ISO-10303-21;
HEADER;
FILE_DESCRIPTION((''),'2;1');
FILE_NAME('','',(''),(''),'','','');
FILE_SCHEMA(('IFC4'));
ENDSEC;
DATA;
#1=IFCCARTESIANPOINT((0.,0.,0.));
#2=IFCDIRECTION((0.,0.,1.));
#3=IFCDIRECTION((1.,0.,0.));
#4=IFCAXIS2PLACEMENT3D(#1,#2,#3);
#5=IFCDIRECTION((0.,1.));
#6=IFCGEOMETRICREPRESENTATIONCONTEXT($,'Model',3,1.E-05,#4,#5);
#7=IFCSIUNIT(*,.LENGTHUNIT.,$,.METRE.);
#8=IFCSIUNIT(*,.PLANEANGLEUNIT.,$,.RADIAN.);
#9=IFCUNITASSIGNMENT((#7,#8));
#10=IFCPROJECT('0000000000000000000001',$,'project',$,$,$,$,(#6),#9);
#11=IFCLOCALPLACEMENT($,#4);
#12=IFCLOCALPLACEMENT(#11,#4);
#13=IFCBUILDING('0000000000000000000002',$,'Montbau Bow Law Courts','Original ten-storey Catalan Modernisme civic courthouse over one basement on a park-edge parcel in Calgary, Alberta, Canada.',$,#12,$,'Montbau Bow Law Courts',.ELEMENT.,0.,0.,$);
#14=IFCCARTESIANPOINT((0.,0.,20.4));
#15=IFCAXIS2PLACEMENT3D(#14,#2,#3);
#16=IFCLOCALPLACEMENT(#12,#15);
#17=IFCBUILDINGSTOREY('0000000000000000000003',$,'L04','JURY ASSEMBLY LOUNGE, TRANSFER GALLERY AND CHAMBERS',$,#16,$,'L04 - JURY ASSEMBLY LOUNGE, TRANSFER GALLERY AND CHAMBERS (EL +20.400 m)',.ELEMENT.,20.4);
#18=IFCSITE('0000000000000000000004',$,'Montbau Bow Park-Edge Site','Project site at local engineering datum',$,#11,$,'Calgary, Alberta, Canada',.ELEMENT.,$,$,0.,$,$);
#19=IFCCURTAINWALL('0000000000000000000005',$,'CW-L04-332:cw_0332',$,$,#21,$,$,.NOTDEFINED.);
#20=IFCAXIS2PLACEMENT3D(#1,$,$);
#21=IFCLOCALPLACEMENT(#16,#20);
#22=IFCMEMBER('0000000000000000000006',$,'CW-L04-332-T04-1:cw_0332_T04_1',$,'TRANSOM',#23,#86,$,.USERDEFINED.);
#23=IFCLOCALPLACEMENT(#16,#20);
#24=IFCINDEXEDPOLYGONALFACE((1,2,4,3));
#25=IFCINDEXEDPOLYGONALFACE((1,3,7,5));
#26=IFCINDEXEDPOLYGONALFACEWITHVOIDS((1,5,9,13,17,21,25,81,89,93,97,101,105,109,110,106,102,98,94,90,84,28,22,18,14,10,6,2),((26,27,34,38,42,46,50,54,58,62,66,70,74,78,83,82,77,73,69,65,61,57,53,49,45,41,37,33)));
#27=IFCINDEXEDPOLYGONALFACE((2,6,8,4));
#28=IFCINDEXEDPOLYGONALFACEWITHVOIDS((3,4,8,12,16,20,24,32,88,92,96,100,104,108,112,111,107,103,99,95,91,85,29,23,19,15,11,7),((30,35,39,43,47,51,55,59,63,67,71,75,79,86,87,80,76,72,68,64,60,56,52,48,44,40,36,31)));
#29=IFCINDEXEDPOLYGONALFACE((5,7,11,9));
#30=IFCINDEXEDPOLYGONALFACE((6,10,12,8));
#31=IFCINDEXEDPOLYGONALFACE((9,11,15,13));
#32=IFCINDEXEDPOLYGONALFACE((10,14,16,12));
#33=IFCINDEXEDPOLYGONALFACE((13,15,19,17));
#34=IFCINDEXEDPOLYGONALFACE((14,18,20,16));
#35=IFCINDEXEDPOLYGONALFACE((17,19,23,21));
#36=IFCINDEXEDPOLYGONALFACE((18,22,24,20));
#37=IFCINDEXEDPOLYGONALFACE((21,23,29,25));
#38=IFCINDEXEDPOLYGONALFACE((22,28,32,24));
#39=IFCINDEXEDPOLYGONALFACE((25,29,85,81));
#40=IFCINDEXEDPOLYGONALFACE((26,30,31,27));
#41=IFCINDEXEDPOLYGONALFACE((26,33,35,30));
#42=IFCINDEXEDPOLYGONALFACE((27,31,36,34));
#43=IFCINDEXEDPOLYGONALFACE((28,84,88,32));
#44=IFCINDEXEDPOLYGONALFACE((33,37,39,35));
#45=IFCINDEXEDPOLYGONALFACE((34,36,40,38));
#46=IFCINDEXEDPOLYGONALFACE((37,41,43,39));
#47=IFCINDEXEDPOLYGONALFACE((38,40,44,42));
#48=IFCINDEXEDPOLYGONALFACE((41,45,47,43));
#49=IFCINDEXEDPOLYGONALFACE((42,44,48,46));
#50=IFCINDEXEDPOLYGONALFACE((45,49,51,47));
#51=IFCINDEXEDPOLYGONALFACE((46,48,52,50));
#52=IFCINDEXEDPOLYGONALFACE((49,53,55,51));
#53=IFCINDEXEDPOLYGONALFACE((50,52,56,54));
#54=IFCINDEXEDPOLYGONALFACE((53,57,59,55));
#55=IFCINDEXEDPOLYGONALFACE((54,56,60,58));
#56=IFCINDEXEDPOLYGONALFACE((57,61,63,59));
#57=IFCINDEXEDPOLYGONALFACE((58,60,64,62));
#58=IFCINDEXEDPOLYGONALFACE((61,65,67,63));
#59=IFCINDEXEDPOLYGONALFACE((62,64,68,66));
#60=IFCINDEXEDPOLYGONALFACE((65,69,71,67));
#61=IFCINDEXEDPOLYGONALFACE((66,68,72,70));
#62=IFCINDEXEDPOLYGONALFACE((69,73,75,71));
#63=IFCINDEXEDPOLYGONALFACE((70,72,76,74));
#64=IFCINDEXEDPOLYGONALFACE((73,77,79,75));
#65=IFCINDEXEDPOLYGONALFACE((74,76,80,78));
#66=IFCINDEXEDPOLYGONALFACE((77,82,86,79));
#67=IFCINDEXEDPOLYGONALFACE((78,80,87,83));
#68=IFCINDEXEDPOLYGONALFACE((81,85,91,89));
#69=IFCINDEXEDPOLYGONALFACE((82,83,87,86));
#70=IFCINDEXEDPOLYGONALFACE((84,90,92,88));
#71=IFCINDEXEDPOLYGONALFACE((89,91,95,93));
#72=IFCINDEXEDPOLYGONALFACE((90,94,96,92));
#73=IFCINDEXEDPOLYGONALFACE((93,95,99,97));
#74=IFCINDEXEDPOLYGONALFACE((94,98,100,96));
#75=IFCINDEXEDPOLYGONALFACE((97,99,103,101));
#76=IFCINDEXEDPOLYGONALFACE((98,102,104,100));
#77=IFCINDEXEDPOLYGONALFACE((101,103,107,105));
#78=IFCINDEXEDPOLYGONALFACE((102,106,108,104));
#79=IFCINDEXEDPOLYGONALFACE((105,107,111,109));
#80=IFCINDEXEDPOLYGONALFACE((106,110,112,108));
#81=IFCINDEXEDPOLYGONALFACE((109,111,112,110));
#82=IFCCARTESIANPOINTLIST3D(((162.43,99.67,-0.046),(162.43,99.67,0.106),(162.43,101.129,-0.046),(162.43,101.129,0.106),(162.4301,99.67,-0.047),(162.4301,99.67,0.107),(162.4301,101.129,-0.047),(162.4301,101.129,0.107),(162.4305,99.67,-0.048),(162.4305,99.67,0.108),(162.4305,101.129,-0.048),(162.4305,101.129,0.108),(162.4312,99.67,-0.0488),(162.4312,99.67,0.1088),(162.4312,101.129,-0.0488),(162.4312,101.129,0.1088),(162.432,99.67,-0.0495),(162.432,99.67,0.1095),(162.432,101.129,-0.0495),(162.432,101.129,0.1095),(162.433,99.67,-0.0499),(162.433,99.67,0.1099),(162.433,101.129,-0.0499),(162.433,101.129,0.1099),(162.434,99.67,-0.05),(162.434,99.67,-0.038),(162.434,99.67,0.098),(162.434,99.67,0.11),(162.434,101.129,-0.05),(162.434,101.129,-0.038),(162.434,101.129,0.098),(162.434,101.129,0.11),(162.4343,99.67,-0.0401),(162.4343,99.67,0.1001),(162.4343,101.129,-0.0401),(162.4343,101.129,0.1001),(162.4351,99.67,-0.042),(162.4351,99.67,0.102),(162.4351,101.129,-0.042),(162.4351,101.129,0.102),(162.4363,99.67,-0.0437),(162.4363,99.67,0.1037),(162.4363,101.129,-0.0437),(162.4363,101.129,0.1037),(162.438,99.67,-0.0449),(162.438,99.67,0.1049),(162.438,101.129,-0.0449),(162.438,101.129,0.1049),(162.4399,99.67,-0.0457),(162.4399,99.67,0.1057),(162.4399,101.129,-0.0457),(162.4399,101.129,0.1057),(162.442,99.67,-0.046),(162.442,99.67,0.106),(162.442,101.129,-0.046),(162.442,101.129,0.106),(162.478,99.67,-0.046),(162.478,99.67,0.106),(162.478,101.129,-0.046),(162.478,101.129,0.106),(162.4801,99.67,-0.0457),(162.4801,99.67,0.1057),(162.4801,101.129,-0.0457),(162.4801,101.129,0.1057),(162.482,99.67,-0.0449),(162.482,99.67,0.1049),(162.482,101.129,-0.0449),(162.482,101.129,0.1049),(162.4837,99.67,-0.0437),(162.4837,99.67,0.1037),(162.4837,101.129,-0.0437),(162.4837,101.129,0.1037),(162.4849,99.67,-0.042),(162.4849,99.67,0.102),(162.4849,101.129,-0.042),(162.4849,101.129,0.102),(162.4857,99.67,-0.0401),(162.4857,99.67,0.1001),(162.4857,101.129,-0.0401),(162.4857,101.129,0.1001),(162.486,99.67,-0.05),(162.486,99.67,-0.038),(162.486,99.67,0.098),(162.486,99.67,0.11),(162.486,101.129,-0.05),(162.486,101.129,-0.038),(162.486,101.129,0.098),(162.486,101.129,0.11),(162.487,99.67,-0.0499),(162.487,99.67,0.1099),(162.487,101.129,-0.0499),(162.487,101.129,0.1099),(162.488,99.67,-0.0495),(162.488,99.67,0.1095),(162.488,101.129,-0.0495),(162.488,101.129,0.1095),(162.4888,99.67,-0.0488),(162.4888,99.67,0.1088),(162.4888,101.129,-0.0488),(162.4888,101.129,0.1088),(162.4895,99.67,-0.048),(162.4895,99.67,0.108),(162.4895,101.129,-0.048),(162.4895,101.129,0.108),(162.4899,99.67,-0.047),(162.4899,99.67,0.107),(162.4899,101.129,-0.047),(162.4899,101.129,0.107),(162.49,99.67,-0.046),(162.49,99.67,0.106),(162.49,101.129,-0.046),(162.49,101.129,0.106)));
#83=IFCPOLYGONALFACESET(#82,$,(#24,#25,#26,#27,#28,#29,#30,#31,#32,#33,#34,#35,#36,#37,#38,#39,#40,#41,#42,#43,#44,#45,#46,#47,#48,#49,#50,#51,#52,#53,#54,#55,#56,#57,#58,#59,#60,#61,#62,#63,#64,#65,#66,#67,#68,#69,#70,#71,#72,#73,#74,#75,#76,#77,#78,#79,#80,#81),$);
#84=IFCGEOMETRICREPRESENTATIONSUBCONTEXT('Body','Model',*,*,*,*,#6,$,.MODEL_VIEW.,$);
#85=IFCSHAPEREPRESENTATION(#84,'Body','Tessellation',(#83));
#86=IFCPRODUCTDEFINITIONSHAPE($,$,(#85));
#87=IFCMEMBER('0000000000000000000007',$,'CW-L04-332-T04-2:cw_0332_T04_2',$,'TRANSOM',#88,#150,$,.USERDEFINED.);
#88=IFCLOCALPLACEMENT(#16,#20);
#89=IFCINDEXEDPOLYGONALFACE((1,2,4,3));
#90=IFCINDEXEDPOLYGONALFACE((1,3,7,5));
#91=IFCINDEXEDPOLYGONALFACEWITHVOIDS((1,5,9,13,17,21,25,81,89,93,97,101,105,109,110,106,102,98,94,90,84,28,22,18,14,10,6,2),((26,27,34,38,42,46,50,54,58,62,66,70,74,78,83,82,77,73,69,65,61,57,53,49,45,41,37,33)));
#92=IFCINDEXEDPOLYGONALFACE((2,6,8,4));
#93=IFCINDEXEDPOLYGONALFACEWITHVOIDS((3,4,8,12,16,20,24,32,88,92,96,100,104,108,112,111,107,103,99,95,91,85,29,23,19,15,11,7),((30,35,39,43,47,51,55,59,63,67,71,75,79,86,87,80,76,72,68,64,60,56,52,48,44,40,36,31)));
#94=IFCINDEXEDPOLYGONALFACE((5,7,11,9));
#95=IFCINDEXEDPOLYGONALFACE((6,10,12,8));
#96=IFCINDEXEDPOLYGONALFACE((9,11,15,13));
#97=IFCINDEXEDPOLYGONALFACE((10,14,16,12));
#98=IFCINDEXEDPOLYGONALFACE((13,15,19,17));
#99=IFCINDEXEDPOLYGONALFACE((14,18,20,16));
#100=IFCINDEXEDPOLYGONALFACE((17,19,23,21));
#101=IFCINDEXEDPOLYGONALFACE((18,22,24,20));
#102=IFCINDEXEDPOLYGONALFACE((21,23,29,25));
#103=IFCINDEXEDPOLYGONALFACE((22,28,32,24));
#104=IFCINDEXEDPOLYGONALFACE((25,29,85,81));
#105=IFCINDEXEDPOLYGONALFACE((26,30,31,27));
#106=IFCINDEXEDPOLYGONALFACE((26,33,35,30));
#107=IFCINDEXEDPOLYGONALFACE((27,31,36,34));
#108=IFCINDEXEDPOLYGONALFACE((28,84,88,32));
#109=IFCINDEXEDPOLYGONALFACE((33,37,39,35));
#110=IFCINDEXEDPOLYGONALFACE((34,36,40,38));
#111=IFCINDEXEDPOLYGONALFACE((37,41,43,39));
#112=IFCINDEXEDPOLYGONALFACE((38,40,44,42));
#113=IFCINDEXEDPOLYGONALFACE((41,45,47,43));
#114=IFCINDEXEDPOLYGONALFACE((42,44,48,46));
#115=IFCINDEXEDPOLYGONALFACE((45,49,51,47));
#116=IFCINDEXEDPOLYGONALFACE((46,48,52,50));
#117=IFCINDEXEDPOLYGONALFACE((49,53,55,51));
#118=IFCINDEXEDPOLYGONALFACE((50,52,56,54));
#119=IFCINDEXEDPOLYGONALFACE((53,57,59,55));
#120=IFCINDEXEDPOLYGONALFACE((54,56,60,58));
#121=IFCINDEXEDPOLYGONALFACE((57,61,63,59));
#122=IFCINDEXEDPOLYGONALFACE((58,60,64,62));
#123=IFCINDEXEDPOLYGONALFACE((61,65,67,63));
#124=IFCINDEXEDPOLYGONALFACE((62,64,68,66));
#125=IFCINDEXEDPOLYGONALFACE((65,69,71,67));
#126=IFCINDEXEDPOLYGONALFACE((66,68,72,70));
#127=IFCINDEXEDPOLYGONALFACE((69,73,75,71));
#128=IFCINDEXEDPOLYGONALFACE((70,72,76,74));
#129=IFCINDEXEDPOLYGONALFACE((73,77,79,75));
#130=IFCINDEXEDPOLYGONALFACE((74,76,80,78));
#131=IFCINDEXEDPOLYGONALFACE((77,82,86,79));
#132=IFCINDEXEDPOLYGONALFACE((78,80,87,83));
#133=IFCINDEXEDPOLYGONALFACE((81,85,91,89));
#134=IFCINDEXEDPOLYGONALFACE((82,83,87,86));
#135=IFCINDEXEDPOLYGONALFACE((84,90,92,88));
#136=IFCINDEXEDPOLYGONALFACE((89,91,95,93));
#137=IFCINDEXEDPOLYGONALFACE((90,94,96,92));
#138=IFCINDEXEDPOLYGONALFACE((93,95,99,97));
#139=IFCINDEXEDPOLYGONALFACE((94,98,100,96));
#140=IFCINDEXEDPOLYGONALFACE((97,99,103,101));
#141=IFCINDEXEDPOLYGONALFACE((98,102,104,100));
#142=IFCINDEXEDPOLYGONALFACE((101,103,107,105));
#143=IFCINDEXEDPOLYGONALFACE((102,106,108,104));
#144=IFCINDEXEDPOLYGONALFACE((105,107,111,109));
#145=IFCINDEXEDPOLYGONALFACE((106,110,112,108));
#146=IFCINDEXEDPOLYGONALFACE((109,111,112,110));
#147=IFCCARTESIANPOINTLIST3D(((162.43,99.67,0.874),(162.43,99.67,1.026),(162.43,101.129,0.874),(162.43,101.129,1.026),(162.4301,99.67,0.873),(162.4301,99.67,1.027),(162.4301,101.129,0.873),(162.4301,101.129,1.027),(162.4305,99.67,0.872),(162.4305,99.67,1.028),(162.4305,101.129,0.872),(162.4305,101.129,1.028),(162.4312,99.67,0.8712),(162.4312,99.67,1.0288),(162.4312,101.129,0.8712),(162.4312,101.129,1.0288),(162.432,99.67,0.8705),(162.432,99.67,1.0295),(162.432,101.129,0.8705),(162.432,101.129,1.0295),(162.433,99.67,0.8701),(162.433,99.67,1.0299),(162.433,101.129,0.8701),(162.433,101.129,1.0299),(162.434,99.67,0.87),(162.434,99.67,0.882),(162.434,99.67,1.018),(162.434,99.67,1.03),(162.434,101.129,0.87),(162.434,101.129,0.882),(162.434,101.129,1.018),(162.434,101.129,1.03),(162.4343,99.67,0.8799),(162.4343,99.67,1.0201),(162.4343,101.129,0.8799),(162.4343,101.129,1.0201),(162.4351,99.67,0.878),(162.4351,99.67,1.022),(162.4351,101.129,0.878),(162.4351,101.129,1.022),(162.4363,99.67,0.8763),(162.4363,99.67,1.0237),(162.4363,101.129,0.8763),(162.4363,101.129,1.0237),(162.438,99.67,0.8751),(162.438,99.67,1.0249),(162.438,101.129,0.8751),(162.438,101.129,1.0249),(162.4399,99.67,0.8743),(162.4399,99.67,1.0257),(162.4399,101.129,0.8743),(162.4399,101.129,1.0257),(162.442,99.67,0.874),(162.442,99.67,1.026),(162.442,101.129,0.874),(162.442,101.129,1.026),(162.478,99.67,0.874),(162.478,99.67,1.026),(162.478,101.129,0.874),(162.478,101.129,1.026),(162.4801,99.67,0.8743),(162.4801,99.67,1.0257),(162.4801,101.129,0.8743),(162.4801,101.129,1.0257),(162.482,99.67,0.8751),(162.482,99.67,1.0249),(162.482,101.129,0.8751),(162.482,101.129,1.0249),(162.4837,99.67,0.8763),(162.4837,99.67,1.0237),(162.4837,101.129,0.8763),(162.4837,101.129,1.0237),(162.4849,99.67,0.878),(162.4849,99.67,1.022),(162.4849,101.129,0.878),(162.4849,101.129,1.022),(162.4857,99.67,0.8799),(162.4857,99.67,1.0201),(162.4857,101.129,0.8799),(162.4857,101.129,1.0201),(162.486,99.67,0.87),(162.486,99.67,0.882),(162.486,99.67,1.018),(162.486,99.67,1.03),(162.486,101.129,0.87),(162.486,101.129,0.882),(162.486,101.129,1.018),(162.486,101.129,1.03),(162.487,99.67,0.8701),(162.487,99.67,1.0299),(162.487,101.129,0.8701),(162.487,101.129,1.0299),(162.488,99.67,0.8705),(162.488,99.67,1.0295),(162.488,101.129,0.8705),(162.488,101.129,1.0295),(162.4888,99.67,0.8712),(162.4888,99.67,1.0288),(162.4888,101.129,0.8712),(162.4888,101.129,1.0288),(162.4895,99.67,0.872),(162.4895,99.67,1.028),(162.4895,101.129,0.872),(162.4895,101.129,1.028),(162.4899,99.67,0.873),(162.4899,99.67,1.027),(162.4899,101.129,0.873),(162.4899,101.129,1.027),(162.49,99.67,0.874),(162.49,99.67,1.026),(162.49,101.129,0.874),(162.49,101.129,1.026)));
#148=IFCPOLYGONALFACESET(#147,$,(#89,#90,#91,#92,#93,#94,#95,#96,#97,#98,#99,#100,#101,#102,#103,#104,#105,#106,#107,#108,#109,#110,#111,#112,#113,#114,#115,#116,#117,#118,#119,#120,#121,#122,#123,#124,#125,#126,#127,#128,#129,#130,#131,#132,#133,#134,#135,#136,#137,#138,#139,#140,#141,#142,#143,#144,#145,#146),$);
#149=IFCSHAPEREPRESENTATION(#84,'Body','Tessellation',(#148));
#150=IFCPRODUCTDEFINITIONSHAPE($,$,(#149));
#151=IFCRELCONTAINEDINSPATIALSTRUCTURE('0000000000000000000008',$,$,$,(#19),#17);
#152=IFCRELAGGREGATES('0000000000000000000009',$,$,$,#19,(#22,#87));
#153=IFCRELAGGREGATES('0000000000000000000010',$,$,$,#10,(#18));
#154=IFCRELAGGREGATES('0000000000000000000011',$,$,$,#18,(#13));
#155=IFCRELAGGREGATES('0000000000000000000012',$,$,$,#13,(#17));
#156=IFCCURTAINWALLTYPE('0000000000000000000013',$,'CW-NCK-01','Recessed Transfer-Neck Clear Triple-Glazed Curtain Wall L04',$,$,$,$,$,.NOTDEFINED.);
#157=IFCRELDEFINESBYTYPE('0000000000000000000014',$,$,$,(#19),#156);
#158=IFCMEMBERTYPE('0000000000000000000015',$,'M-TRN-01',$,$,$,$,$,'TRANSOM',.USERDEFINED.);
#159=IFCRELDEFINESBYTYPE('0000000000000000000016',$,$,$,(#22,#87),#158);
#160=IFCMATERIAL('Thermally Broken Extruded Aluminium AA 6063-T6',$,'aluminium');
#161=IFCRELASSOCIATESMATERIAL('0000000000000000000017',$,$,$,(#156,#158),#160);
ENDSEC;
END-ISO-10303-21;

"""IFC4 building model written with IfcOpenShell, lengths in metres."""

from ifc_helpers import new_model, si_unit, direction, frame, origin_with_axes, origin_2d_with_axis, place, context, subcontext, project, spatial, hollow_rectangle, extrude, material, material_profile, profile_set, type_object, element, aggregate, save


model = new_model("IFC4")

# Units and contexts
model_context = context("Model", 3, precision=1e-05, world=origin_with_axes(), true_north=direction((0.0, 1.0)))
body_context = subcontext(model_context, "Body", "Model", "MODEL_VIEW")
ifc_project = project(units=[si_unit("LENGTHUNIT", "METRE"), si_unit("PLANEANGLEUNIT", "RADIAN")], contexts=[model_context])

# Site, building, storey
site_placement = place(None, origin_with_axes())
site = spatial("IfcSite", under=ifc_project, at=site_placement, Name="Montbau Bow Park-Edge Site", Description="Project site at local engineering datum", LongName="Calgary, Alberta, Canada", CompositionType="ELEMENT", RefElevation=0.0)
building_placement = place(site_placement, origin_with_axes())
building = spatial("IfcBuilding", under=site, at=building_placement, Name="Montbau Bow Law Courts", Description="Original ten-storey Catalan Modernisme civic courthouse over one basement on a park-edge parcel in Calgary, Alberta, Canada.", LongName="Montbau Bow Law Courts", CompositionType="ELEMENT", ElevationOfRefHeight=0.0, ElevationOfTerrain=0.0)
storey_placement = place(building_placement, frame((0.0, 0.0, 20.4), z_axis=(0.0, 0.0, 1.0), x_axis=(1.0, 0.0, 0.0)))
storey = spatial("IfcBuildingStorey", under=building, at=storey_placement, Name="L04", Description="JURY ASSEMBLY LOUNGE, TRANSFER GALLERY AND CHAMBERS", LongName="L04 - JURY ASSEMBLY LOUNGE, TRANSFER GALLERY AND CHAMBERS (EL +20.400 m)", CompositionType="ELEMENT", Elevation=20.4)

# Curtain wall, members
ifc_material_1 = material(Name="Thermally Broken Extruded Aluminium AA 6063-T6", Category="aluminium")
curtain_wall_type = type_object("IfcCurtainWallType", Name="CW-NCK-01", Description="Recessed Transfer-Neck Clear Triple-Glazed Curtain Wall L04", PredefinedType="NOTDEFINED", material=ifc_material_1)
curtain_wall_placement = place(None, frame((162.46, 95.067, 20.4), z_axis=(0.0, 0.0, 1.0), x_axis=(1.0, 0.0, 0.0)))
curtain_wall = element("IfcCurtainWall", 1, at=curtain_wall_placement, inside=storey, type_object=curtain_wall_type, Name="CW-L04-332:cw_0332", PredefinedType="NOTDEFINED")
ifc_material_profile_1 = material_profile(ifc_material_1, hollow_rectangle(XDim=0.06, YDim=0.16, WallThickness=0.004, InnerFilletRadius=0.008, OuterFilletRadius=0.004, at=origin_2d_with_axis()), Name="CWT-160X60", Category="Main", Priority=0)
ifc_profile_set_1 = profile_set([ifc_material_profile_1], Name="Thermally Broken Extruded Aluminium AA 6063-T6")
member_type_1 = type_object("IfcMemberType", Name="M-TRN-01", ElementType="TRANSOM", PredefinedType="USERDEFINED", material=ifc_profile_set_1)
member_1_placement = place(None, frame((162.46, 99.67, 20.43), z_axis=(0.0, 1.0, 0.0), x_axis=(-1.0, 0.0, 0.0)))
member_1 = element("IfcMember", 2, at=member_1_placement, type_object=member_type_1, Name="CW-L04-332-T04-1:cw_0332_T04_1", ObjectType="TRANSOM", PredefinedType="USERDEFINED", context=body_context, shape_type="SweptSolid", body=[
    extrude(hollow_rectangle(XDim=0.06, YDim=0.16, WallThickness=0.004, InnerFilletRadius=0.008, OuterFilletRadius=0.004, at=origin_2d_with_axis()), origin_with_axes(), (0.0, 0.0, 1.0), 1.459),
])
member_2_placement = place(None, frame((162.46, 99.67, 21.35), z_axis=(0.0, 1.0, 0.0), x_axis=(-1.0, 0.0, 0.0)))
member_2 = element("IfcMember", 3, at=member_2_placement, type_object=member_type_1, Name="CW-L04-332-T04-2:cw_0332_T04_2", ObjectType="TRANSOM", PredefinedType="USERDEFINED", context=body_context, shape_type="SweptSolid", body=[
    extrude(hollow_rectangle(XDim=0.06, YDim=0.16, WallThickness=0.004, InnerFilletRadius=0.008, OuterFilletRadius=0.004, at=origin_2d_with_axis()), origin_with_axes(), (0.0, 0.0, 1.0), 1.459),
])
aggregate(curtain_wall, [member_1, member_2])

save(model, "model.ifc")
